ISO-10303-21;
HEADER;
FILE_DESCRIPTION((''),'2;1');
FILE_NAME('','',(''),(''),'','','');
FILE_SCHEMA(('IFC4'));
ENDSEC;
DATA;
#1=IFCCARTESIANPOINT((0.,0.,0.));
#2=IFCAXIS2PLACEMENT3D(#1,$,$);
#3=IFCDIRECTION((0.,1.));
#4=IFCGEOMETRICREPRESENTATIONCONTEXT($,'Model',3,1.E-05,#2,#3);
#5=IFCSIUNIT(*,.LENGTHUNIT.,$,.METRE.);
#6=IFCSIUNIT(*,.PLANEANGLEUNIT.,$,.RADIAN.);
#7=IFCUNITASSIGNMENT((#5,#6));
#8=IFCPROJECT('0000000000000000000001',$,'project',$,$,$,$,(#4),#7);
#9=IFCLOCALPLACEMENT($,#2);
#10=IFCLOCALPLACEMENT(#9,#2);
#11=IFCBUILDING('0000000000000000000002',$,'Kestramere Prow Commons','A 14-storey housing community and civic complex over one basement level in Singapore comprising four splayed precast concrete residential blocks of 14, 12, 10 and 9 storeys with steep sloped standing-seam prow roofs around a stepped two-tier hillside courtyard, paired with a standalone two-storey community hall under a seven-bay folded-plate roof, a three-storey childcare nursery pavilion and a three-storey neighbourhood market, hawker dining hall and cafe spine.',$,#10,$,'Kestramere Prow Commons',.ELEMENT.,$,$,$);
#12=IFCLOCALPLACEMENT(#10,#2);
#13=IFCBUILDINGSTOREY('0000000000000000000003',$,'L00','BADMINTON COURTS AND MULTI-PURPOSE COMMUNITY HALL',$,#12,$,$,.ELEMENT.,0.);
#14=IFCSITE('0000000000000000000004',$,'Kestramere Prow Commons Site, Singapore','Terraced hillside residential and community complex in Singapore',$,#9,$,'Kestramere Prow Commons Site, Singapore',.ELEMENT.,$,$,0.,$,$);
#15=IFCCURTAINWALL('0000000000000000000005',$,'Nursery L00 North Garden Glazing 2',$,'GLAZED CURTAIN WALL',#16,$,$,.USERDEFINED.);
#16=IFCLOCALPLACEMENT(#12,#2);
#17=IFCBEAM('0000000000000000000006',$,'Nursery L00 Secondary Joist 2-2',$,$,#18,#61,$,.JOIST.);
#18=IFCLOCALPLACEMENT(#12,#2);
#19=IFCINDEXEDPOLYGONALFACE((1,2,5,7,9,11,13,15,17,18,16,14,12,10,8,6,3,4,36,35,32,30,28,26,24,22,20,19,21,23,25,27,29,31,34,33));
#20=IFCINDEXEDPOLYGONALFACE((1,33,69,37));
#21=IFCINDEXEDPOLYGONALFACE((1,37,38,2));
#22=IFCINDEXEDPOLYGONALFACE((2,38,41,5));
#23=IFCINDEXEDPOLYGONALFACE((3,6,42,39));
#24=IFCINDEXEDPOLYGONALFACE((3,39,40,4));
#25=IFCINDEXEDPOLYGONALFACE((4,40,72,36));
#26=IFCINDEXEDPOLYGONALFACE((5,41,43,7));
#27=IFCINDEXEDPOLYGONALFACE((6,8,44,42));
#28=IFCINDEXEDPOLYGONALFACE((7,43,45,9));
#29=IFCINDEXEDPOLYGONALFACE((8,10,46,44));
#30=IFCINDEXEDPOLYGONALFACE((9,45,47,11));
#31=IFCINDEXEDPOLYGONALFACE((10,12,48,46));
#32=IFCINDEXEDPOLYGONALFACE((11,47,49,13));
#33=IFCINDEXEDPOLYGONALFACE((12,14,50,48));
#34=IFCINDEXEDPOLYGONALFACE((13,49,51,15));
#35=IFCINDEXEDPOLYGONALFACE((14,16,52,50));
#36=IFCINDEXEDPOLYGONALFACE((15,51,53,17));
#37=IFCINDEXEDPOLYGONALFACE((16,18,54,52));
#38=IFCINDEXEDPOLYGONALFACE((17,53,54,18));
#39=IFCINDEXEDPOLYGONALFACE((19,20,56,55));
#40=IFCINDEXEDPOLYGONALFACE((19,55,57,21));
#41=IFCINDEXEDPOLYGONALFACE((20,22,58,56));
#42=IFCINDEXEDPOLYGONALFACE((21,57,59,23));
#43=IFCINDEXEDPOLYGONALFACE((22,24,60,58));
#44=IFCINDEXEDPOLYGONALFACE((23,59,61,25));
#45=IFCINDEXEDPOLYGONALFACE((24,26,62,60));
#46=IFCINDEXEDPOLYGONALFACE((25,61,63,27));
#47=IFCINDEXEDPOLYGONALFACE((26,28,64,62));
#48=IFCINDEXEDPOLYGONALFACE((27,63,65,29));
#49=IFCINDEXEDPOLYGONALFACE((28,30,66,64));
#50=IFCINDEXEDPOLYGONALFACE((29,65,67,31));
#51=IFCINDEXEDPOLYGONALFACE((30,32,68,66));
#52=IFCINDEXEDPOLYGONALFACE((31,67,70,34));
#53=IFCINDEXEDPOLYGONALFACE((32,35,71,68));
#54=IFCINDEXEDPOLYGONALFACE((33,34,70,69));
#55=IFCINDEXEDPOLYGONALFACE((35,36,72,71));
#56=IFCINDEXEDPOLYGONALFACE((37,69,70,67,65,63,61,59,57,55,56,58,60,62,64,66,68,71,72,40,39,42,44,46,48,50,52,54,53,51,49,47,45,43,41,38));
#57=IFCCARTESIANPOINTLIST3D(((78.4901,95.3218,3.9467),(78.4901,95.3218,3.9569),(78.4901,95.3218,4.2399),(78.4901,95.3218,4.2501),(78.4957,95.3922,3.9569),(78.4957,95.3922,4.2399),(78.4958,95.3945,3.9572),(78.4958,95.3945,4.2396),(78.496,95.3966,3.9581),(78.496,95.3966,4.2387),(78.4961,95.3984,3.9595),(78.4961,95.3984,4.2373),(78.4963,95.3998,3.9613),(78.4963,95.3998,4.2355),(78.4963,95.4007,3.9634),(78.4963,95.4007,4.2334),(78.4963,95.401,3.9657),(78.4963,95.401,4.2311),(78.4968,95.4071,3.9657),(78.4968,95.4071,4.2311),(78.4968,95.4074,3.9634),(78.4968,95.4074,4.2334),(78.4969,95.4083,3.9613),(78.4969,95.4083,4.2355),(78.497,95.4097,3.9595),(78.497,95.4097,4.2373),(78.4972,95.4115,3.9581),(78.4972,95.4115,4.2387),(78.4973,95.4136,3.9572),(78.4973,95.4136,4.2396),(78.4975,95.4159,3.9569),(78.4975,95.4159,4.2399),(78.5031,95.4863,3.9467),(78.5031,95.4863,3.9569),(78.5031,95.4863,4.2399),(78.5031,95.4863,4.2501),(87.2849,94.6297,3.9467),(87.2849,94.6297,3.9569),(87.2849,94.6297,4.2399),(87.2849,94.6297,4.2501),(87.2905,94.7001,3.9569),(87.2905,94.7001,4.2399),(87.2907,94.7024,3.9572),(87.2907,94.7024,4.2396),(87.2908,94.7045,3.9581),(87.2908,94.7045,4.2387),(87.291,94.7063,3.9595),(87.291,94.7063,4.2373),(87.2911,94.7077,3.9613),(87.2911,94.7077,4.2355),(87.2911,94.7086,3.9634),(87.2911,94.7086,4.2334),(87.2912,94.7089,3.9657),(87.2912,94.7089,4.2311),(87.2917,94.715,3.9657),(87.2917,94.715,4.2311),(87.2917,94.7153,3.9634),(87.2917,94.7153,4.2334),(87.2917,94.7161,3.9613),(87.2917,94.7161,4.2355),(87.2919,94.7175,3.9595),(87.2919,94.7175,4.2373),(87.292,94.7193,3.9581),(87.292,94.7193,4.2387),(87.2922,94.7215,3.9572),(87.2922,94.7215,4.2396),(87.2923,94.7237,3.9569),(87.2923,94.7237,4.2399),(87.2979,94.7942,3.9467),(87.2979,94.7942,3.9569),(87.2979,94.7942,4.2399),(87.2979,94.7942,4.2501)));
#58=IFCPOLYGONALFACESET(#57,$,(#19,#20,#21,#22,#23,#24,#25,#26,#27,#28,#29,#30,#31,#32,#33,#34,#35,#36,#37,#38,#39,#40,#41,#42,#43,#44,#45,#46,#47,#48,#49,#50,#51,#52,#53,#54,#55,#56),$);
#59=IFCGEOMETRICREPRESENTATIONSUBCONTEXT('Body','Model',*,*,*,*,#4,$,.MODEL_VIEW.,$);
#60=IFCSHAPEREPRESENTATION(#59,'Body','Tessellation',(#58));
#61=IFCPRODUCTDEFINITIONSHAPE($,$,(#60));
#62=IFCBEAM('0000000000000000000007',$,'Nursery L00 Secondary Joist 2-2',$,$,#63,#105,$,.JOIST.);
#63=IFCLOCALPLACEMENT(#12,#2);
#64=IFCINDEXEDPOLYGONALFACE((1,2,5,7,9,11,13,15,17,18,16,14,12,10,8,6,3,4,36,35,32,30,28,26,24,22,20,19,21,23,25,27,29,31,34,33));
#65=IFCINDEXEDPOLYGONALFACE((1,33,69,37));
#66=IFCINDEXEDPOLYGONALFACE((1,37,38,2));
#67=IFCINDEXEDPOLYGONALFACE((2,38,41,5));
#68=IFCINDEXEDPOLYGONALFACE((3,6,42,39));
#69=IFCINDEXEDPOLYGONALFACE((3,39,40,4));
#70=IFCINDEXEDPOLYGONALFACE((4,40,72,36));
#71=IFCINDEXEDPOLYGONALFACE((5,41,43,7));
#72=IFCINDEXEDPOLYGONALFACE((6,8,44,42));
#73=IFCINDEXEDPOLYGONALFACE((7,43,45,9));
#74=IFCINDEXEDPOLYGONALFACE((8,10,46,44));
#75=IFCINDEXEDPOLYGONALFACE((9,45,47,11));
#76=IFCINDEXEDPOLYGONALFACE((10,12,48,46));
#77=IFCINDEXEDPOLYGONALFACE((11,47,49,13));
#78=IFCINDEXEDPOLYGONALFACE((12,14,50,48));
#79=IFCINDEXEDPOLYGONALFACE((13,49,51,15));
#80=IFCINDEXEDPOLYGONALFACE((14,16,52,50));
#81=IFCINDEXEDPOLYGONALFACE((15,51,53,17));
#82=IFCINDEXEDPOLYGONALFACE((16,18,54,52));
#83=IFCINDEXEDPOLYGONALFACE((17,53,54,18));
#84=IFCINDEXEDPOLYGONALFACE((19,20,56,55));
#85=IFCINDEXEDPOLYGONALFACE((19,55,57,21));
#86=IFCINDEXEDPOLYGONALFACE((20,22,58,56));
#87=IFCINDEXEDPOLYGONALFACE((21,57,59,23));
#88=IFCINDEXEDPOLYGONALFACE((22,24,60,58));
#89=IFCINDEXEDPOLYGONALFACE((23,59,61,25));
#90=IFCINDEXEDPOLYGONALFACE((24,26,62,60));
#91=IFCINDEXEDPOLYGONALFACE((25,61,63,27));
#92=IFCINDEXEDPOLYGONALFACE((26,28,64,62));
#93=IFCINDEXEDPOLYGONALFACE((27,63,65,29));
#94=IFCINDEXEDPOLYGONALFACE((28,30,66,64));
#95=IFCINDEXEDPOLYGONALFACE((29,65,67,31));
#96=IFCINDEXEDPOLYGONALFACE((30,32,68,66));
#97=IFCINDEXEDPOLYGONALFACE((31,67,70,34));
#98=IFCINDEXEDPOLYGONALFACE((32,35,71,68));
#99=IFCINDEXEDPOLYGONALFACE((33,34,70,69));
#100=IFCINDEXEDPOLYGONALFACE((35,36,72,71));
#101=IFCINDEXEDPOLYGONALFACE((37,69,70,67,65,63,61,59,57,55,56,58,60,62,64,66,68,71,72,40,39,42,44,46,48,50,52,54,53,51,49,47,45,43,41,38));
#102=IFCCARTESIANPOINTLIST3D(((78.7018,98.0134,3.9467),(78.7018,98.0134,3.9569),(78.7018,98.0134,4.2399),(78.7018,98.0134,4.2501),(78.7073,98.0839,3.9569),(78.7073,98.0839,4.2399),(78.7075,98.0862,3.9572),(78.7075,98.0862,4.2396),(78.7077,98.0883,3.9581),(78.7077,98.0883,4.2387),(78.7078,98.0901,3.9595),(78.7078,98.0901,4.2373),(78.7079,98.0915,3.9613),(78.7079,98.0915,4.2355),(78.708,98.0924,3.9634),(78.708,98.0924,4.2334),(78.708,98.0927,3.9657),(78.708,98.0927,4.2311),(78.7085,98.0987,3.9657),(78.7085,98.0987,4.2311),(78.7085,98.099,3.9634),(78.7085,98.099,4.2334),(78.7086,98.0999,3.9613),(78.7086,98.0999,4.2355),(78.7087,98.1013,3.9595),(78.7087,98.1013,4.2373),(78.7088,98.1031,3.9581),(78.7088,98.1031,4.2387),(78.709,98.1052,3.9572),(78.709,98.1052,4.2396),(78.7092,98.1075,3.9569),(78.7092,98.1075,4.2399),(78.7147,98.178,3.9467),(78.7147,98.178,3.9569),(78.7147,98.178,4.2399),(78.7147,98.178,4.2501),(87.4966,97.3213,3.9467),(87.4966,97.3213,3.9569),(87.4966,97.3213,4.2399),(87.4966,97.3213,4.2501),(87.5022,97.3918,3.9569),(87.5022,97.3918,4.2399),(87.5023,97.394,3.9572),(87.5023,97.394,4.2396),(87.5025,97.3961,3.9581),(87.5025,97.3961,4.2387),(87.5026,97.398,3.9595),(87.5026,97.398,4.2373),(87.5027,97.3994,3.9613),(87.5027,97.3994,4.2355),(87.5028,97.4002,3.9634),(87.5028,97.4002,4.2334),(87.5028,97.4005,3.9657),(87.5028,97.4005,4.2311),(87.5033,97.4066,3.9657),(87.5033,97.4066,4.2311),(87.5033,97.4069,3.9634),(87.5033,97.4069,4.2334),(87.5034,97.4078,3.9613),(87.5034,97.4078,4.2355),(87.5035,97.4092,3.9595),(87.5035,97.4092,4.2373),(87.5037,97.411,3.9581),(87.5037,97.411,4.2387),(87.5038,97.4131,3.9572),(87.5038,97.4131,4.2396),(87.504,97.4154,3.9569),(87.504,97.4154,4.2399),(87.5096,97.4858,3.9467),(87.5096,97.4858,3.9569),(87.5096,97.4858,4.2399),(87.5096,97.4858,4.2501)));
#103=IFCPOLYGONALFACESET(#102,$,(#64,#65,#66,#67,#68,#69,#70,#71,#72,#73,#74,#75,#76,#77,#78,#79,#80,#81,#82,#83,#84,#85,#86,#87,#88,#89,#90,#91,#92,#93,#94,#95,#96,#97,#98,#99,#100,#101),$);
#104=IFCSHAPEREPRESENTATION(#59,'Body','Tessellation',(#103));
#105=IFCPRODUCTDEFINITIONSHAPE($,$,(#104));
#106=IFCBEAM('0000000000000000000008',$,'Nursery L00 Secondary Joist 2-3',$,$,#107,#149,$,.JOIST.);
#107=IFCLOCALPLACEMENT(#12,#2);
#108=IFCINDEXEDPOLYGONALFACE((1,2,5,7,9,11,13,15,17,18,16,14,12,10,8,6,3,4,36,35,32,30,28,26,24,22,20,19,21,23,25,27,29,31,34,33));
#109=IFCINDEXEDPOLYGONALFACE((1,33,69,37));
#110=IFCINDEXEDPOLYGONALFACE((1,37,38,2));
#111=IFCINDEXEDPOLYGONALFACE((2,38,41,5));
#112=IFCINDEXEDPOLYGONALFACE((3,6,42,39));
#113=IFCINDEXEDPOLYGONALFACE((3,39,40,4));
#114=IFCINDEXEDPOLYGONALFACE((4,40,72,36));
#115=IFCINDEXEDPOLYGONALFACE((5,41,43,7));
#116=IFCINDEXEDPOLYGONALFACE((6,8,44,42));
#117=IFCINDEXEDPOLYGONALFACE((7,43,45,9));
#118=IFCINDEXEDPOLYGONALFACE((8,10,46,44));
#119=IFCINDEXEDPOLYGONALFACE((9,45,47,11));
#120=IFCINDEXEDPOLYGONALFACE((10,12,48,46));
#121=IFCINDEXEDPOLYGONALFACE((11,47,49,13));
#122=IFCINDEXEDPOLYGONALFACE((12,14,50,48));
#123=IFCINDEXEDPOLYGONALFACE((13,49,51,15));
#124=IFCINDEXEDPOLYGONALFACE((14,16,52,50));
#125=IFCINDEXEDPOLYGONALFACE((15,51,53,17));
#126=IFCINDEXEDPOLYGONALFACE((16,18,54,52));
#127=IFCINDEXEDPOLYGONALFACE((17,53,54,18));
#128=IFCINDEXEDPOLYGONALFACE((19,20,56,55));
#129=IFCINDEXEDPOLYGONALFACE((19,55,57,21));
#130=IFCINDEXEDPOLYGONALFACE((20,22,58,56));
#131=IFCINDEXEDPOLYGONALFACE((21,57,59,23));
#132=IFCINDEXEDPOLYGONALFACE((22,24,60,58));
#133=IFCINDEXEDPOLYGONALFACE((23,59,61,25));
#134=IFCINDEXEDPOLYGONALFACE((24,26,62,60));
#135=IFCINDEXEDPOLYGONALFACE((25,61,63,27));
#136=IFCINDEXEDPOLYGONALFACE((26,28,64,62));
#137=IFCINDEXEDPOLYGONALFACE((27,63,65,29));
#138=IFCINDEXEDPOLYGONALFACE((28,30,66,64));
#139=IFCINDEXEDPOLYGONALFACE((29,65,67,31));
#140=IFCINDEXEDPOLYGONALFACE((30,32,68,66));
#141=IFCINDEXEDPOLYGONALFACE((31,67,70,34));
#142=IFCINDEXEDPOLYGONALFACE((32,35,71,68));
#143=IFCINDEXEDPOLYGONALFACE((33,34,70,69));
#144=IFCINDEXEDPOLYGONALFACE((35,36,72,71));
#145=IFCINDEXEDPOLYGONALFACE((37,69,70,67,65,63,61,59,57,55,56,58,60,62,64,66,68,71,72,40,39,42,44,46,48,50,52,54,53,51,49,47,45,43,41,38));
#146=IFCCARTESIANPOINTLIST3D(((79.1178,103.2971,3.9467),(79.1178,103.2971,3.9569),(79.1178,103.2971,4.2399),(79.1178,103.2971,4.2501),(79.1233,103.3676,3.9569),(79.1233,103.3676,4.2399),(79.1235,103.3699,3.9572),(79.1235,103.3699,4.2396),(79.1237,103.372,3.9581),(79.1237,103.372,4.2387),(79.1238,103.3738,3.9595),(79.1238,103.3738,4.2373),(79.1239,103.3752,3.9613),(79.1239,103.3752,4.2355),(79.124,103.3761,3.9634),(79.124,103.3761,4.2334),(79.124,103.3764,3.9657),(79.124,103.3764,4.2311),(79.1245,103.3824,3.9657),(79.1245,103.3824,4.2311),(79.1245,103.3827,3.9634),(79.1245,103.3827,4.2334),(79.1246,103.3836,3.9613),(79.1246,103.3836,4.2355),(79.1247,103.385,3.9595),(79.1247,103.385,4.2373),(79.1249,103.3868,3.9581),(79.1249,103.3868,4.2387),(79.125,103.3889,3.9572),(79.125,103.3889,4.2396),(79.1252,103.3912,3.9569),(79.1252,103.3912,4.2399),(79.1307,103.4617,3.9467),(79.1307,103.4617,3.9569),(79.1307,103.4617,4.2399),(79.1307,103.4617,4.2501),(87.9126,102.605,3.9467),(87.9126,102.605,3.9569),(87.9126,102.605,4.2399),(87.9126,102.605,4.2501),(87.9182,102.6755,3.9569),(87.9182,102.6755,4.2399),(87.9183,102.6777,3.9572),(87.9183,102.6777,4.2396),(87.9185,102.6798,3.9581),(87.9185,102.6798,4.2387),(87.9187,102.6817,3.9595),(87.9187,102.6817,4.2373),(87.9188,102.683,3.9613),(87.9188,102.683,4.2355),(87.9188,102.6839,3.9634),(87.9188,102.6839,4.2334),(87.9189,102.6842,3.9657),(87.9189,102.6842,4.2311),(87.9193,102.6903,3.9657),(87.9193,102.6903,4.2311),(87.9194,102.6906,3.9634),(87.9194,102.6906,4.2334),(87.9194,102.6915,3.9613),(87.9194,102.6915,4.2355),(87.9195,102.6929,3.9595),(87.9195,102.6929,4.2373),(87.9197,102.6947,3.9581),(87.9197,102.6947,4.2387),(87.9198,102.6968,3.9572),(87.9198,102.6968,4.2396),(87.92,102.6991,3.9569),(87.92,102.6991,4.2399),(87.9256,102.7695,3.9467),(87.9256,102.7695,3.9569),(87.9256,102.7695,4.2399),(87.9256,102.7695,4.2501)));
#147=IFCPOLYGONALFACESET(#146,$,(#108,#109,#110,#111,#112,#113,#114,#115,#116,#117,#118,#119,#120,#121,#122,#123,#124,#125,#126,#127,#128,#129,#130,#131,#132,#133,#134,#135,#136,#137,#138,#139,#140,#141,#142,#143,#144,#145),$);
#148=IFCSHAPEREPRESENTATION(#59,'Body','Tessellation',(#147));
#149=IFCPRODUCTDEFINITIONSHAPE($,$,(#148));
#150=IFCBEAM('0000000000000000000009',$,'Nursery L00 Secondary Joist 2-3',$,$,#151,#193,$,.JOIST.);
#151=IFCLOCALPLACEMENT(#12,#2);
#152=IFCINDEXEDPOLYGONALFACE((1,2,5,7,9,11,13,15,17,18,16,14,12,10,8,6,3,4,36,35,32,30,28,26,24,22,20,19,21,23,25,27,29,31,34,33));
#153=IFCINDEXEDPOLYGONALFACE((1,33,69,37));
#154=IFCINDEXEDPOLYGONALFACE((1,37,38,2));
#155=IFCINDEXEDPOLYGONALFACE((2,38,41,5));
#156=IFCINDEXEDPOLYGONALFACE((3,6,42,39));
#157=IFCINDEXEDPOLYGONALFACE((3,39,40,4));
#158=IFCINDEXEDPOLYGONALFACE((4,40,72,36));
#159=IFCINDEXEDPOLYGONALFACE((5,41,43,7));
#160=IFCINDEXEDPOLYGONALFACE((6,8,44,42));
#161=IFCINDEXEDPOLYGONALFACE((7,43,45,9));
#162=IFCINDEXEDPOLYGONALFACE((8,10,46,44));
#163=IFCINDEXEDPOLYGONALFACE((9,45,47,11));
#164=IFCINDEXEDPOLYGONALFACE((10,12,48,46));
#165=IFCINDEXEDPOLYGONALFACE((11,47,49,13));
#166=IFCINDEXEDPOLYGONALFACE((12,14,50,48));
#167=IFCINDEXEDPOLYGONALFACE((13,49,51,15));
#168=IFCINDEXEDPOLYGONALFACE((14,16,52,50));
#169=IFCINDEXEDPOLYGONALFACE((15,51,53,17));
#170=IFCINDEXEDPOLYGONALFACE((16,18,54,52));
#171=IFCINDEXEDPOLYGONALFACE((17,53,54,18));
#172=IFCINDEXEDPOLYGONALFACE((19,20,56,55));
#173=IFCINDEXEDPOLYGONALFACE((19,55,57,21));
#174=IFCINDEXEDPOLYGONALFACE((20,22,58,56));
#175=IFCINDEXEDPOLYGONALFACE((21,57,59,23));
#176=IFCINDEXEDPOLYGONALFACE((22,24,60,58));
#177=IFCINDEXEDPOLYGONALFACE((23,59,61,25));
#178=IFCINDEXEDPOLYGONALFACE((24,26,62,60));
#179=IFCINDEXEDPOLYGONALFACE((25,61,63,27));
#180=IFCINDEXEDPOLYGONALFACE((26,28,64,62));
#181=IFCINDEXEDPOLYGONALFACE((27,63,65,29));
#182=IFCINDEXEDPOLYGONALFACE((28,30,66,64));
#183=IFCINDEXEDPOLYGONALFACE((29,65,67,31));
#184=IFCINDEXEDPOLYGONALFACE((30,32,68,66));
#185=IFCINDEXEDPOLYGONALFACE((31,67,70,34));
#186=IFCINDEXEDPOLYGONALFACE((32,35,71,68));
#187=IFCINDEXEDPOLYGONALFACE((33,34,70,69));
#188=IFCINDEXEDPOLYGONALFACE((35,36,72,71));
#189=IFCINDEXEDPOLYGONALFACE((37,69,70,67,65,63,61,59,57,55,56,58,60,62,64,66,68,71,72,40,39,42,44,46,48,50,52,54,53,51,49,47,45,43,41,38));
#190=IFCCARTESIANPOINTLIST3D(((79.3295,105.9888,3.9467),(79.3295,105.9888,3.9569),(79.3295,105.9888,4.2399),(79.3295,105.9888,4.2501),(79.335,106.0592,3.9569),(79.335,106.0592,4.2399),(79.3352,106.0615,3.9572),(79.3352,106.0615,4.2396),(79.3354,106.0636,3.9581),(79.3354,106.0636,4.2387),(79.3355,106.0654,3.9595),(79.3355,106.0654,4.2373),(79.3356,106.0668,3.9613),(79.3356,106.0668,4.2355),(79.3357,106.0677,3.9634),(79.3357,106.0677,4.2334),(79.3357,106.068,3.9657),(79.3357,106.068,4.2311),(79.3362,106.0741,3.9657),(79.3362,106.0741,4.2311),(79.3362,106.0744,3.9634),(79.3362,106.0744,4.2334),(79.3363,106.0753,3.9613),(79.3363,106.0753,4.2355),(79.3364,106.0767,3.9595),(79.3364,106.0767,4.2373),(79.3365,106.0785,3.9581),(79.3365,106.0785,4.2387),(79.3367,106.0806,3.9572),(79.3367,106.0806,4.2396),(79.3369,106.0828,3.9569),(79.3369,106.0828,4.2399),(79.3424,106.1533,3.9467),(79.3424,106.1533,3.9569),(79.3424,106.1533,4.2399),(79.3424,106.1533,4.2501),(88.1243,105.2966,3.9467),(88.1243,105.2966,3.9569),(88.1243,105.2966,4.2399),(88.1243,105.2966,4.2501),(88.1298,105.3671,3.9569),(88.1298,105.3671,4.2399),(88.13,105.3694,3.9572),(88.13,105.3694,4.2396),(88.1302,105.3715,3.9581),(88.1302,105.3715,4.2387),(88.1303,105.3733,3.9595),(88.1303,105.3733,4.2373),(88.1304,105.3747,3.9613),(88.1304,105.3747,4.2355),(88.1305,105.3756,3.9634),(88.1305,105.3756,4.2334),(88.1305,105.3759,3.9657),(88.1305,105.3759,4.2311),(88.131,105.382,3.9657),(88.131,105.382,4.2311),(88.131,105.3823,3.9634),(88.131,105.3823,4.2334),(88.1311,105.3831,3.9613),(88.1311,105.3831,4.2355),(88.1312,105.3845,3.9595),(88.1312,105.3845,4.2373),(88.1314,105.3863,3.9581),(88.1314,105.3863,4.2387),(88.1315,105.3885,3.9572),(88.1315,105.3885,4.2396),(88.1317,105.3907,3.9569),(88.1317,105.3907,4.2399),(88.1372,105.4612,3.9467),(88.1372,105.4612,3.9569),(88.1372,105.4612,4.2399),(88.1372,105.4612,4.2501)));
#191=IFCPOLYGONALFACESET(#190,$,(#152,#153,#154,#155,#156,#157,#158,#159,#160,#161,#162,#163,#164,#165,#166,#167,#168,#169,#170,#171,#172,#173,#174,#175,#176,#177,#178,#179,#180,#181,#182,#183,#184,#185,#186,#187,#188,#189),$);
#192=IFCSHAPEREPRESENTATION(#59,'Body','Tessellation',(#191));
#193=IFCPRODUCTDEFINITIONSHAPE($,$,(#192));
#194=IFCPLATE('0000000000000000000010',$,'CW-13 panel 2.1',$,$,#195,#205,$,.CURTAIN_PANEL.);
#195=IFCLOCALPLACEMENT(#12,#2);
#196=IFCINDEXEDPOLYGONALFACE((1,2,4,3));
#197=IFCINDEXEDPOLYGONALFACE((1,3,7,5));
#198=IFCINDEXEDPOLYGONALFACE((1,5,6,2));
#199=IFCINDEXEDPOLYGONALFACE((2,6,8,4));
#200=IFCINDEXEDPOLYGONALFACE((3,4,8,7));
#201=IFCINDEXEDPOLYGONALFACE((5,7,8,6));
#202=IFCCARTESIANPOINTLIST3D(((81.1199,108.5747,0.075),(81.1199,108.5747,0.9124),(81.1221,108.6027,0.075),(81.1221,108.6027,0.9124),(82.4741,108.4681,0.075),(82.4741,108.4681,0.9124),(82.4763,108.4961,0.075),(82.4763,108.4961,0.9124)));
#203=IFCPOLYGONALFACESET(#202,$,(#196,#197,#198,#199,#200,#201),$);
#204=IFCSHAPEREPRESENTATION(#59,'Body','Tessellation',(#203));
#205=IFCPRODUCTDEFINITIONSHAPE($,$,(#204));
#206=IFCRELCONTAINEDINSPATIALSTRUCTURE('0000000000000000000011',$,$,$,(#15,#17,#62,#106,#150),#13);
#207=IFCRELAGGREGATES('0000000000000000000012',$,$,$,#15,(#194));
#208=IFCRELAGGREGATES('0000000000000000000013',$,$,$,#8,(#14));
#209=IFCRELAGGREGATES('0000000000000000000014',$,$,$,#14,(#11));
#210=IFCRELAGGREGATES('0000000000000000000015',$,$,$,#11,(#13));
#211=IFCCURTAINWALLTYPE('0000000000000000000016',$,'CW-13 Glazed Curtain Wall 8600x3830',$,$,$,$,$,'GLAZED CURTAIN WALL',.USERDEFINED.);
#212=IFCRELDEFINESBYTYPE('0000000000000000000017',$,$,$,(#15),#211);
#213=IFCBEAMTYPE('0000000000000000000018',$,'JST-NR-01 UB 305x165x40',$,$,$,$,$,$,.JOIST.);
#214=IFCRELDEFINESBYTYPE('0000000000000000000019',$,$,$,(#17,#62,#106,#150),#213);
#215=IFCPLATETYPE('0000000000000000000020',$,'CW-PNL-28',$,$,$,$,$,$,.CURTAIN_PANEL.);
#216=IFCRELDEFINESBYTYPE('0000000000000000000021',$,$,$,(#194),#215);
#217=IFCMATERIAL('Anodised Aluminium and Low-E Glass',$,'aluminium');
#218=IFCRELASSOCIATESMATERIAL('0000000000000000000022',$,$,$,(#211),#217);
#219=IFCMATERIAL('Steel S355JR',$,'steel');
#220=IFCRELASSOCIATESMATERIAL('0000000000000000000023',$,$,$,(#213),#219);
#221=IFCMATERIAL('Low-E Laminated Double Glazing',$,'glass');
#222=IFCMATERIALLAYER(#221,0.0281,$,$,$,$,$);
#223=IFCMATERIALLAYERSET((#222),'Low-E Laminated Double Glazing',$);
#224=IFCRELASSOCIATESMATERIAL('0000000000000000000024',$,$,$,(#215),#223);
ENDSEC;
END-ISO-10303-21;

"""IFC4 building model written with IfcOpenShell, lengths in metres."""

from ifc_helpers import new_model, si_unit, direction, frame, origin, origin_2d, place, context, subcontext, project, spatial, rectangle, i_section, extrude, material, layer, layer_set, material_profile, profile_set, type_object, element, aggregate, save


model = new_model("IFC4")

# Units and contexts
model_context = context("Model", 3, precision=1e-05, world=origin(), true_north=direction((0.0, 1.0)))
body_context = subcontext(model_context, "Body", "Model", "MODEL_VIEW")
ifc_project = project(units=[si_unit("LENGTHUNIT", "METRE"), si_unit("PLANEANGLEUNIT", "RADIAN")], contexts=[model_context])

# Site, building, storey
site_placement = place(None, origin())
site = spatial("IfcSite", under=ifc_project, at=site_placement, Name="Kestramere Prow Commons Site, Singapore", Description="Terraced hillside residential and community complex in Singapore", LongName="Kestramere Prow Commons Site, Singapore", CompositionType="ELEMENT", RefElevation=0.0)
building_placement = place(site_placement, origin())
building = spatial("IfcBuilding", under=site, at=building_placement, Name="Kestramere Prow Commons", Description="A 14-storey housing community and civic complex over one basement level in Singapore comprising four splayed precast concrete residential blocks of 14, 12, 10 and 9 storeys with steep sloped standing-seam prow roofs around a stepped two-tier hillside courtyard, paired with a standalone two-storey community hall under a seven-bay folded-plate roof, a three-storey childcare nursery pavilion and a three-storey neighbourhood market, hawker dining hall and cafe spine.", LongName="Kestramere Prow Commons", CompositionType="ELEMENT")
storey_placement = place(building_placement, origin())
storey = spatial("IfcBuildingStorey", under=building, at=storey_placement, Name="L00", Description="BADMINTON COURTS AND MULTI-PURPOSE COMMUNITY HALL", CompositionType="ELEMENT", Elevation=0.0)

# Shared definitions
ifc_material_1 = material(Name="Steel S355JR", Category="steel")

# Curtain wall
ifc_material_2 = material(Name="Anodised Aluminium and Low-E Glass", Category="aluminium")
curtain_wall_type = type_object("IfcCurtainWallType", Name="CW-13 Glazed Curtain Wall 8600x3830", ElementType="GLAZED CURTAIN WALL", PredefinedType="USERDEFINED", material=ifc_material_2)
curtain_wall_placement = place(storey_placement, origin())
curtain_wall = element("IfcCurtainWall", 1, at=curtain_wall_placement, inside=storey, type_object=curtain_wall_type, Name="Nursery L00 North Garden Glazing 2", ObjectType="GLAZED CURTAIN WALL", PredefinedType="USERDEFINED")

# Beams
ifc_material_profile_1 = material_profile(ifc_material_1, i_section(OverallWidth=0.165, OverallDepth=0.3035, WebThickness=0.0061, FlangeThickness=0.0103, FilletRadius=0.0088, at=origin_2d()), Name="UB 305x165x40")
ifc_profile_set_1 = profile_set([ifc_material_profile_1], Name="Steel S355JR")
beam_type_1 = type_object("IfcBeamType", Name="JST-NR-01 UB 305x165x40", PredefinedType="JOIST", material=ifc_profile_set_1)
for number, where, z_axis, x_axis, name in (
    (2, (78.4966, 95.4041, 4.0984), (0.996918, -0.078455, 0.0), (0.078455, 0.996918, 0.0), "Nursery L00 Secondary Joist 2-2"),
    (3, (78.7083, 98.0957, 4.0984), (0.996918, -0.078455, 0.0), (0.078455, 0.996918, 0.0), "Nursery L00 Secondary Joist 2-2"),
    (4, (79.1243, 103.3794, 4.0984), (0.996918, -0.078455, 0.0), (0.078455, 0.996918, 0.0), "Nursery L00 Secondary Joist 2-3"),
    (5, (79.3359, 106.071, 4.0984), (0.996918, -0.078455, 0.0), (0.078455, 0.996918, 0.0), "Nursery L00 Secondary Joist 2-3"),
):
    element("IfcBeam", number, at=place(storey_placement, frame(where, z_axis=z_axis, x_axis=x_axis)), inside=storey, type_object=beam_type_1, Name=name, PredefinedType="JOIST", context=body_context, shape_type="SweptSolid", body=[
        extrude(i_section(OverallWidth=0.165, OverallDepth=0.3035, WebThickness=0.0061, FlangeThickness=0.0103, FilletRadius=0.0088, at=origin_2d()), origin(), (0.0, 0.0, 1.0), 8.822),
    ])

# Plate
ifc_material_3 = material(Name="Low-E Laminated Double Glazing", Category="glass")
ifc_layer_1 = layer(ifc_material_3, 0.0281)
ifc_layer_set_1 = layer_set([ifc_layer_1], Name="Low-E Laminated Double Glazing")
plate_type = type_object("IfcPlateType", Name="CW-PNL-28", PredefinedType="CURTAIN_PANEL", material=ifc_layer_set_1)
plate_1_placement = place(storey_placement, frame((81.7981, 108.5354, 0.075), z_axis=(0.0, 0.0, 1.0), x_axis=(0.996917, -0.078459, 0.0)))
plate_1 = element("IfcPlate", 6, at=plate_1_placement, type_object=plate_type, Name="CW-13 panel 2.1", PredefinedType="CURTAIN_PANEL", context=body_context, shape_type="SweptSolid", body=[
    extrude(rectangle(XDim=1.3584, YDim=0.0281, at=origin_2d()), origin(), (0.0, 0.0, 1.0), 0.8374),
])
aggregate(curtain_wall, [plate_1])

save(model, "model.ifc")
